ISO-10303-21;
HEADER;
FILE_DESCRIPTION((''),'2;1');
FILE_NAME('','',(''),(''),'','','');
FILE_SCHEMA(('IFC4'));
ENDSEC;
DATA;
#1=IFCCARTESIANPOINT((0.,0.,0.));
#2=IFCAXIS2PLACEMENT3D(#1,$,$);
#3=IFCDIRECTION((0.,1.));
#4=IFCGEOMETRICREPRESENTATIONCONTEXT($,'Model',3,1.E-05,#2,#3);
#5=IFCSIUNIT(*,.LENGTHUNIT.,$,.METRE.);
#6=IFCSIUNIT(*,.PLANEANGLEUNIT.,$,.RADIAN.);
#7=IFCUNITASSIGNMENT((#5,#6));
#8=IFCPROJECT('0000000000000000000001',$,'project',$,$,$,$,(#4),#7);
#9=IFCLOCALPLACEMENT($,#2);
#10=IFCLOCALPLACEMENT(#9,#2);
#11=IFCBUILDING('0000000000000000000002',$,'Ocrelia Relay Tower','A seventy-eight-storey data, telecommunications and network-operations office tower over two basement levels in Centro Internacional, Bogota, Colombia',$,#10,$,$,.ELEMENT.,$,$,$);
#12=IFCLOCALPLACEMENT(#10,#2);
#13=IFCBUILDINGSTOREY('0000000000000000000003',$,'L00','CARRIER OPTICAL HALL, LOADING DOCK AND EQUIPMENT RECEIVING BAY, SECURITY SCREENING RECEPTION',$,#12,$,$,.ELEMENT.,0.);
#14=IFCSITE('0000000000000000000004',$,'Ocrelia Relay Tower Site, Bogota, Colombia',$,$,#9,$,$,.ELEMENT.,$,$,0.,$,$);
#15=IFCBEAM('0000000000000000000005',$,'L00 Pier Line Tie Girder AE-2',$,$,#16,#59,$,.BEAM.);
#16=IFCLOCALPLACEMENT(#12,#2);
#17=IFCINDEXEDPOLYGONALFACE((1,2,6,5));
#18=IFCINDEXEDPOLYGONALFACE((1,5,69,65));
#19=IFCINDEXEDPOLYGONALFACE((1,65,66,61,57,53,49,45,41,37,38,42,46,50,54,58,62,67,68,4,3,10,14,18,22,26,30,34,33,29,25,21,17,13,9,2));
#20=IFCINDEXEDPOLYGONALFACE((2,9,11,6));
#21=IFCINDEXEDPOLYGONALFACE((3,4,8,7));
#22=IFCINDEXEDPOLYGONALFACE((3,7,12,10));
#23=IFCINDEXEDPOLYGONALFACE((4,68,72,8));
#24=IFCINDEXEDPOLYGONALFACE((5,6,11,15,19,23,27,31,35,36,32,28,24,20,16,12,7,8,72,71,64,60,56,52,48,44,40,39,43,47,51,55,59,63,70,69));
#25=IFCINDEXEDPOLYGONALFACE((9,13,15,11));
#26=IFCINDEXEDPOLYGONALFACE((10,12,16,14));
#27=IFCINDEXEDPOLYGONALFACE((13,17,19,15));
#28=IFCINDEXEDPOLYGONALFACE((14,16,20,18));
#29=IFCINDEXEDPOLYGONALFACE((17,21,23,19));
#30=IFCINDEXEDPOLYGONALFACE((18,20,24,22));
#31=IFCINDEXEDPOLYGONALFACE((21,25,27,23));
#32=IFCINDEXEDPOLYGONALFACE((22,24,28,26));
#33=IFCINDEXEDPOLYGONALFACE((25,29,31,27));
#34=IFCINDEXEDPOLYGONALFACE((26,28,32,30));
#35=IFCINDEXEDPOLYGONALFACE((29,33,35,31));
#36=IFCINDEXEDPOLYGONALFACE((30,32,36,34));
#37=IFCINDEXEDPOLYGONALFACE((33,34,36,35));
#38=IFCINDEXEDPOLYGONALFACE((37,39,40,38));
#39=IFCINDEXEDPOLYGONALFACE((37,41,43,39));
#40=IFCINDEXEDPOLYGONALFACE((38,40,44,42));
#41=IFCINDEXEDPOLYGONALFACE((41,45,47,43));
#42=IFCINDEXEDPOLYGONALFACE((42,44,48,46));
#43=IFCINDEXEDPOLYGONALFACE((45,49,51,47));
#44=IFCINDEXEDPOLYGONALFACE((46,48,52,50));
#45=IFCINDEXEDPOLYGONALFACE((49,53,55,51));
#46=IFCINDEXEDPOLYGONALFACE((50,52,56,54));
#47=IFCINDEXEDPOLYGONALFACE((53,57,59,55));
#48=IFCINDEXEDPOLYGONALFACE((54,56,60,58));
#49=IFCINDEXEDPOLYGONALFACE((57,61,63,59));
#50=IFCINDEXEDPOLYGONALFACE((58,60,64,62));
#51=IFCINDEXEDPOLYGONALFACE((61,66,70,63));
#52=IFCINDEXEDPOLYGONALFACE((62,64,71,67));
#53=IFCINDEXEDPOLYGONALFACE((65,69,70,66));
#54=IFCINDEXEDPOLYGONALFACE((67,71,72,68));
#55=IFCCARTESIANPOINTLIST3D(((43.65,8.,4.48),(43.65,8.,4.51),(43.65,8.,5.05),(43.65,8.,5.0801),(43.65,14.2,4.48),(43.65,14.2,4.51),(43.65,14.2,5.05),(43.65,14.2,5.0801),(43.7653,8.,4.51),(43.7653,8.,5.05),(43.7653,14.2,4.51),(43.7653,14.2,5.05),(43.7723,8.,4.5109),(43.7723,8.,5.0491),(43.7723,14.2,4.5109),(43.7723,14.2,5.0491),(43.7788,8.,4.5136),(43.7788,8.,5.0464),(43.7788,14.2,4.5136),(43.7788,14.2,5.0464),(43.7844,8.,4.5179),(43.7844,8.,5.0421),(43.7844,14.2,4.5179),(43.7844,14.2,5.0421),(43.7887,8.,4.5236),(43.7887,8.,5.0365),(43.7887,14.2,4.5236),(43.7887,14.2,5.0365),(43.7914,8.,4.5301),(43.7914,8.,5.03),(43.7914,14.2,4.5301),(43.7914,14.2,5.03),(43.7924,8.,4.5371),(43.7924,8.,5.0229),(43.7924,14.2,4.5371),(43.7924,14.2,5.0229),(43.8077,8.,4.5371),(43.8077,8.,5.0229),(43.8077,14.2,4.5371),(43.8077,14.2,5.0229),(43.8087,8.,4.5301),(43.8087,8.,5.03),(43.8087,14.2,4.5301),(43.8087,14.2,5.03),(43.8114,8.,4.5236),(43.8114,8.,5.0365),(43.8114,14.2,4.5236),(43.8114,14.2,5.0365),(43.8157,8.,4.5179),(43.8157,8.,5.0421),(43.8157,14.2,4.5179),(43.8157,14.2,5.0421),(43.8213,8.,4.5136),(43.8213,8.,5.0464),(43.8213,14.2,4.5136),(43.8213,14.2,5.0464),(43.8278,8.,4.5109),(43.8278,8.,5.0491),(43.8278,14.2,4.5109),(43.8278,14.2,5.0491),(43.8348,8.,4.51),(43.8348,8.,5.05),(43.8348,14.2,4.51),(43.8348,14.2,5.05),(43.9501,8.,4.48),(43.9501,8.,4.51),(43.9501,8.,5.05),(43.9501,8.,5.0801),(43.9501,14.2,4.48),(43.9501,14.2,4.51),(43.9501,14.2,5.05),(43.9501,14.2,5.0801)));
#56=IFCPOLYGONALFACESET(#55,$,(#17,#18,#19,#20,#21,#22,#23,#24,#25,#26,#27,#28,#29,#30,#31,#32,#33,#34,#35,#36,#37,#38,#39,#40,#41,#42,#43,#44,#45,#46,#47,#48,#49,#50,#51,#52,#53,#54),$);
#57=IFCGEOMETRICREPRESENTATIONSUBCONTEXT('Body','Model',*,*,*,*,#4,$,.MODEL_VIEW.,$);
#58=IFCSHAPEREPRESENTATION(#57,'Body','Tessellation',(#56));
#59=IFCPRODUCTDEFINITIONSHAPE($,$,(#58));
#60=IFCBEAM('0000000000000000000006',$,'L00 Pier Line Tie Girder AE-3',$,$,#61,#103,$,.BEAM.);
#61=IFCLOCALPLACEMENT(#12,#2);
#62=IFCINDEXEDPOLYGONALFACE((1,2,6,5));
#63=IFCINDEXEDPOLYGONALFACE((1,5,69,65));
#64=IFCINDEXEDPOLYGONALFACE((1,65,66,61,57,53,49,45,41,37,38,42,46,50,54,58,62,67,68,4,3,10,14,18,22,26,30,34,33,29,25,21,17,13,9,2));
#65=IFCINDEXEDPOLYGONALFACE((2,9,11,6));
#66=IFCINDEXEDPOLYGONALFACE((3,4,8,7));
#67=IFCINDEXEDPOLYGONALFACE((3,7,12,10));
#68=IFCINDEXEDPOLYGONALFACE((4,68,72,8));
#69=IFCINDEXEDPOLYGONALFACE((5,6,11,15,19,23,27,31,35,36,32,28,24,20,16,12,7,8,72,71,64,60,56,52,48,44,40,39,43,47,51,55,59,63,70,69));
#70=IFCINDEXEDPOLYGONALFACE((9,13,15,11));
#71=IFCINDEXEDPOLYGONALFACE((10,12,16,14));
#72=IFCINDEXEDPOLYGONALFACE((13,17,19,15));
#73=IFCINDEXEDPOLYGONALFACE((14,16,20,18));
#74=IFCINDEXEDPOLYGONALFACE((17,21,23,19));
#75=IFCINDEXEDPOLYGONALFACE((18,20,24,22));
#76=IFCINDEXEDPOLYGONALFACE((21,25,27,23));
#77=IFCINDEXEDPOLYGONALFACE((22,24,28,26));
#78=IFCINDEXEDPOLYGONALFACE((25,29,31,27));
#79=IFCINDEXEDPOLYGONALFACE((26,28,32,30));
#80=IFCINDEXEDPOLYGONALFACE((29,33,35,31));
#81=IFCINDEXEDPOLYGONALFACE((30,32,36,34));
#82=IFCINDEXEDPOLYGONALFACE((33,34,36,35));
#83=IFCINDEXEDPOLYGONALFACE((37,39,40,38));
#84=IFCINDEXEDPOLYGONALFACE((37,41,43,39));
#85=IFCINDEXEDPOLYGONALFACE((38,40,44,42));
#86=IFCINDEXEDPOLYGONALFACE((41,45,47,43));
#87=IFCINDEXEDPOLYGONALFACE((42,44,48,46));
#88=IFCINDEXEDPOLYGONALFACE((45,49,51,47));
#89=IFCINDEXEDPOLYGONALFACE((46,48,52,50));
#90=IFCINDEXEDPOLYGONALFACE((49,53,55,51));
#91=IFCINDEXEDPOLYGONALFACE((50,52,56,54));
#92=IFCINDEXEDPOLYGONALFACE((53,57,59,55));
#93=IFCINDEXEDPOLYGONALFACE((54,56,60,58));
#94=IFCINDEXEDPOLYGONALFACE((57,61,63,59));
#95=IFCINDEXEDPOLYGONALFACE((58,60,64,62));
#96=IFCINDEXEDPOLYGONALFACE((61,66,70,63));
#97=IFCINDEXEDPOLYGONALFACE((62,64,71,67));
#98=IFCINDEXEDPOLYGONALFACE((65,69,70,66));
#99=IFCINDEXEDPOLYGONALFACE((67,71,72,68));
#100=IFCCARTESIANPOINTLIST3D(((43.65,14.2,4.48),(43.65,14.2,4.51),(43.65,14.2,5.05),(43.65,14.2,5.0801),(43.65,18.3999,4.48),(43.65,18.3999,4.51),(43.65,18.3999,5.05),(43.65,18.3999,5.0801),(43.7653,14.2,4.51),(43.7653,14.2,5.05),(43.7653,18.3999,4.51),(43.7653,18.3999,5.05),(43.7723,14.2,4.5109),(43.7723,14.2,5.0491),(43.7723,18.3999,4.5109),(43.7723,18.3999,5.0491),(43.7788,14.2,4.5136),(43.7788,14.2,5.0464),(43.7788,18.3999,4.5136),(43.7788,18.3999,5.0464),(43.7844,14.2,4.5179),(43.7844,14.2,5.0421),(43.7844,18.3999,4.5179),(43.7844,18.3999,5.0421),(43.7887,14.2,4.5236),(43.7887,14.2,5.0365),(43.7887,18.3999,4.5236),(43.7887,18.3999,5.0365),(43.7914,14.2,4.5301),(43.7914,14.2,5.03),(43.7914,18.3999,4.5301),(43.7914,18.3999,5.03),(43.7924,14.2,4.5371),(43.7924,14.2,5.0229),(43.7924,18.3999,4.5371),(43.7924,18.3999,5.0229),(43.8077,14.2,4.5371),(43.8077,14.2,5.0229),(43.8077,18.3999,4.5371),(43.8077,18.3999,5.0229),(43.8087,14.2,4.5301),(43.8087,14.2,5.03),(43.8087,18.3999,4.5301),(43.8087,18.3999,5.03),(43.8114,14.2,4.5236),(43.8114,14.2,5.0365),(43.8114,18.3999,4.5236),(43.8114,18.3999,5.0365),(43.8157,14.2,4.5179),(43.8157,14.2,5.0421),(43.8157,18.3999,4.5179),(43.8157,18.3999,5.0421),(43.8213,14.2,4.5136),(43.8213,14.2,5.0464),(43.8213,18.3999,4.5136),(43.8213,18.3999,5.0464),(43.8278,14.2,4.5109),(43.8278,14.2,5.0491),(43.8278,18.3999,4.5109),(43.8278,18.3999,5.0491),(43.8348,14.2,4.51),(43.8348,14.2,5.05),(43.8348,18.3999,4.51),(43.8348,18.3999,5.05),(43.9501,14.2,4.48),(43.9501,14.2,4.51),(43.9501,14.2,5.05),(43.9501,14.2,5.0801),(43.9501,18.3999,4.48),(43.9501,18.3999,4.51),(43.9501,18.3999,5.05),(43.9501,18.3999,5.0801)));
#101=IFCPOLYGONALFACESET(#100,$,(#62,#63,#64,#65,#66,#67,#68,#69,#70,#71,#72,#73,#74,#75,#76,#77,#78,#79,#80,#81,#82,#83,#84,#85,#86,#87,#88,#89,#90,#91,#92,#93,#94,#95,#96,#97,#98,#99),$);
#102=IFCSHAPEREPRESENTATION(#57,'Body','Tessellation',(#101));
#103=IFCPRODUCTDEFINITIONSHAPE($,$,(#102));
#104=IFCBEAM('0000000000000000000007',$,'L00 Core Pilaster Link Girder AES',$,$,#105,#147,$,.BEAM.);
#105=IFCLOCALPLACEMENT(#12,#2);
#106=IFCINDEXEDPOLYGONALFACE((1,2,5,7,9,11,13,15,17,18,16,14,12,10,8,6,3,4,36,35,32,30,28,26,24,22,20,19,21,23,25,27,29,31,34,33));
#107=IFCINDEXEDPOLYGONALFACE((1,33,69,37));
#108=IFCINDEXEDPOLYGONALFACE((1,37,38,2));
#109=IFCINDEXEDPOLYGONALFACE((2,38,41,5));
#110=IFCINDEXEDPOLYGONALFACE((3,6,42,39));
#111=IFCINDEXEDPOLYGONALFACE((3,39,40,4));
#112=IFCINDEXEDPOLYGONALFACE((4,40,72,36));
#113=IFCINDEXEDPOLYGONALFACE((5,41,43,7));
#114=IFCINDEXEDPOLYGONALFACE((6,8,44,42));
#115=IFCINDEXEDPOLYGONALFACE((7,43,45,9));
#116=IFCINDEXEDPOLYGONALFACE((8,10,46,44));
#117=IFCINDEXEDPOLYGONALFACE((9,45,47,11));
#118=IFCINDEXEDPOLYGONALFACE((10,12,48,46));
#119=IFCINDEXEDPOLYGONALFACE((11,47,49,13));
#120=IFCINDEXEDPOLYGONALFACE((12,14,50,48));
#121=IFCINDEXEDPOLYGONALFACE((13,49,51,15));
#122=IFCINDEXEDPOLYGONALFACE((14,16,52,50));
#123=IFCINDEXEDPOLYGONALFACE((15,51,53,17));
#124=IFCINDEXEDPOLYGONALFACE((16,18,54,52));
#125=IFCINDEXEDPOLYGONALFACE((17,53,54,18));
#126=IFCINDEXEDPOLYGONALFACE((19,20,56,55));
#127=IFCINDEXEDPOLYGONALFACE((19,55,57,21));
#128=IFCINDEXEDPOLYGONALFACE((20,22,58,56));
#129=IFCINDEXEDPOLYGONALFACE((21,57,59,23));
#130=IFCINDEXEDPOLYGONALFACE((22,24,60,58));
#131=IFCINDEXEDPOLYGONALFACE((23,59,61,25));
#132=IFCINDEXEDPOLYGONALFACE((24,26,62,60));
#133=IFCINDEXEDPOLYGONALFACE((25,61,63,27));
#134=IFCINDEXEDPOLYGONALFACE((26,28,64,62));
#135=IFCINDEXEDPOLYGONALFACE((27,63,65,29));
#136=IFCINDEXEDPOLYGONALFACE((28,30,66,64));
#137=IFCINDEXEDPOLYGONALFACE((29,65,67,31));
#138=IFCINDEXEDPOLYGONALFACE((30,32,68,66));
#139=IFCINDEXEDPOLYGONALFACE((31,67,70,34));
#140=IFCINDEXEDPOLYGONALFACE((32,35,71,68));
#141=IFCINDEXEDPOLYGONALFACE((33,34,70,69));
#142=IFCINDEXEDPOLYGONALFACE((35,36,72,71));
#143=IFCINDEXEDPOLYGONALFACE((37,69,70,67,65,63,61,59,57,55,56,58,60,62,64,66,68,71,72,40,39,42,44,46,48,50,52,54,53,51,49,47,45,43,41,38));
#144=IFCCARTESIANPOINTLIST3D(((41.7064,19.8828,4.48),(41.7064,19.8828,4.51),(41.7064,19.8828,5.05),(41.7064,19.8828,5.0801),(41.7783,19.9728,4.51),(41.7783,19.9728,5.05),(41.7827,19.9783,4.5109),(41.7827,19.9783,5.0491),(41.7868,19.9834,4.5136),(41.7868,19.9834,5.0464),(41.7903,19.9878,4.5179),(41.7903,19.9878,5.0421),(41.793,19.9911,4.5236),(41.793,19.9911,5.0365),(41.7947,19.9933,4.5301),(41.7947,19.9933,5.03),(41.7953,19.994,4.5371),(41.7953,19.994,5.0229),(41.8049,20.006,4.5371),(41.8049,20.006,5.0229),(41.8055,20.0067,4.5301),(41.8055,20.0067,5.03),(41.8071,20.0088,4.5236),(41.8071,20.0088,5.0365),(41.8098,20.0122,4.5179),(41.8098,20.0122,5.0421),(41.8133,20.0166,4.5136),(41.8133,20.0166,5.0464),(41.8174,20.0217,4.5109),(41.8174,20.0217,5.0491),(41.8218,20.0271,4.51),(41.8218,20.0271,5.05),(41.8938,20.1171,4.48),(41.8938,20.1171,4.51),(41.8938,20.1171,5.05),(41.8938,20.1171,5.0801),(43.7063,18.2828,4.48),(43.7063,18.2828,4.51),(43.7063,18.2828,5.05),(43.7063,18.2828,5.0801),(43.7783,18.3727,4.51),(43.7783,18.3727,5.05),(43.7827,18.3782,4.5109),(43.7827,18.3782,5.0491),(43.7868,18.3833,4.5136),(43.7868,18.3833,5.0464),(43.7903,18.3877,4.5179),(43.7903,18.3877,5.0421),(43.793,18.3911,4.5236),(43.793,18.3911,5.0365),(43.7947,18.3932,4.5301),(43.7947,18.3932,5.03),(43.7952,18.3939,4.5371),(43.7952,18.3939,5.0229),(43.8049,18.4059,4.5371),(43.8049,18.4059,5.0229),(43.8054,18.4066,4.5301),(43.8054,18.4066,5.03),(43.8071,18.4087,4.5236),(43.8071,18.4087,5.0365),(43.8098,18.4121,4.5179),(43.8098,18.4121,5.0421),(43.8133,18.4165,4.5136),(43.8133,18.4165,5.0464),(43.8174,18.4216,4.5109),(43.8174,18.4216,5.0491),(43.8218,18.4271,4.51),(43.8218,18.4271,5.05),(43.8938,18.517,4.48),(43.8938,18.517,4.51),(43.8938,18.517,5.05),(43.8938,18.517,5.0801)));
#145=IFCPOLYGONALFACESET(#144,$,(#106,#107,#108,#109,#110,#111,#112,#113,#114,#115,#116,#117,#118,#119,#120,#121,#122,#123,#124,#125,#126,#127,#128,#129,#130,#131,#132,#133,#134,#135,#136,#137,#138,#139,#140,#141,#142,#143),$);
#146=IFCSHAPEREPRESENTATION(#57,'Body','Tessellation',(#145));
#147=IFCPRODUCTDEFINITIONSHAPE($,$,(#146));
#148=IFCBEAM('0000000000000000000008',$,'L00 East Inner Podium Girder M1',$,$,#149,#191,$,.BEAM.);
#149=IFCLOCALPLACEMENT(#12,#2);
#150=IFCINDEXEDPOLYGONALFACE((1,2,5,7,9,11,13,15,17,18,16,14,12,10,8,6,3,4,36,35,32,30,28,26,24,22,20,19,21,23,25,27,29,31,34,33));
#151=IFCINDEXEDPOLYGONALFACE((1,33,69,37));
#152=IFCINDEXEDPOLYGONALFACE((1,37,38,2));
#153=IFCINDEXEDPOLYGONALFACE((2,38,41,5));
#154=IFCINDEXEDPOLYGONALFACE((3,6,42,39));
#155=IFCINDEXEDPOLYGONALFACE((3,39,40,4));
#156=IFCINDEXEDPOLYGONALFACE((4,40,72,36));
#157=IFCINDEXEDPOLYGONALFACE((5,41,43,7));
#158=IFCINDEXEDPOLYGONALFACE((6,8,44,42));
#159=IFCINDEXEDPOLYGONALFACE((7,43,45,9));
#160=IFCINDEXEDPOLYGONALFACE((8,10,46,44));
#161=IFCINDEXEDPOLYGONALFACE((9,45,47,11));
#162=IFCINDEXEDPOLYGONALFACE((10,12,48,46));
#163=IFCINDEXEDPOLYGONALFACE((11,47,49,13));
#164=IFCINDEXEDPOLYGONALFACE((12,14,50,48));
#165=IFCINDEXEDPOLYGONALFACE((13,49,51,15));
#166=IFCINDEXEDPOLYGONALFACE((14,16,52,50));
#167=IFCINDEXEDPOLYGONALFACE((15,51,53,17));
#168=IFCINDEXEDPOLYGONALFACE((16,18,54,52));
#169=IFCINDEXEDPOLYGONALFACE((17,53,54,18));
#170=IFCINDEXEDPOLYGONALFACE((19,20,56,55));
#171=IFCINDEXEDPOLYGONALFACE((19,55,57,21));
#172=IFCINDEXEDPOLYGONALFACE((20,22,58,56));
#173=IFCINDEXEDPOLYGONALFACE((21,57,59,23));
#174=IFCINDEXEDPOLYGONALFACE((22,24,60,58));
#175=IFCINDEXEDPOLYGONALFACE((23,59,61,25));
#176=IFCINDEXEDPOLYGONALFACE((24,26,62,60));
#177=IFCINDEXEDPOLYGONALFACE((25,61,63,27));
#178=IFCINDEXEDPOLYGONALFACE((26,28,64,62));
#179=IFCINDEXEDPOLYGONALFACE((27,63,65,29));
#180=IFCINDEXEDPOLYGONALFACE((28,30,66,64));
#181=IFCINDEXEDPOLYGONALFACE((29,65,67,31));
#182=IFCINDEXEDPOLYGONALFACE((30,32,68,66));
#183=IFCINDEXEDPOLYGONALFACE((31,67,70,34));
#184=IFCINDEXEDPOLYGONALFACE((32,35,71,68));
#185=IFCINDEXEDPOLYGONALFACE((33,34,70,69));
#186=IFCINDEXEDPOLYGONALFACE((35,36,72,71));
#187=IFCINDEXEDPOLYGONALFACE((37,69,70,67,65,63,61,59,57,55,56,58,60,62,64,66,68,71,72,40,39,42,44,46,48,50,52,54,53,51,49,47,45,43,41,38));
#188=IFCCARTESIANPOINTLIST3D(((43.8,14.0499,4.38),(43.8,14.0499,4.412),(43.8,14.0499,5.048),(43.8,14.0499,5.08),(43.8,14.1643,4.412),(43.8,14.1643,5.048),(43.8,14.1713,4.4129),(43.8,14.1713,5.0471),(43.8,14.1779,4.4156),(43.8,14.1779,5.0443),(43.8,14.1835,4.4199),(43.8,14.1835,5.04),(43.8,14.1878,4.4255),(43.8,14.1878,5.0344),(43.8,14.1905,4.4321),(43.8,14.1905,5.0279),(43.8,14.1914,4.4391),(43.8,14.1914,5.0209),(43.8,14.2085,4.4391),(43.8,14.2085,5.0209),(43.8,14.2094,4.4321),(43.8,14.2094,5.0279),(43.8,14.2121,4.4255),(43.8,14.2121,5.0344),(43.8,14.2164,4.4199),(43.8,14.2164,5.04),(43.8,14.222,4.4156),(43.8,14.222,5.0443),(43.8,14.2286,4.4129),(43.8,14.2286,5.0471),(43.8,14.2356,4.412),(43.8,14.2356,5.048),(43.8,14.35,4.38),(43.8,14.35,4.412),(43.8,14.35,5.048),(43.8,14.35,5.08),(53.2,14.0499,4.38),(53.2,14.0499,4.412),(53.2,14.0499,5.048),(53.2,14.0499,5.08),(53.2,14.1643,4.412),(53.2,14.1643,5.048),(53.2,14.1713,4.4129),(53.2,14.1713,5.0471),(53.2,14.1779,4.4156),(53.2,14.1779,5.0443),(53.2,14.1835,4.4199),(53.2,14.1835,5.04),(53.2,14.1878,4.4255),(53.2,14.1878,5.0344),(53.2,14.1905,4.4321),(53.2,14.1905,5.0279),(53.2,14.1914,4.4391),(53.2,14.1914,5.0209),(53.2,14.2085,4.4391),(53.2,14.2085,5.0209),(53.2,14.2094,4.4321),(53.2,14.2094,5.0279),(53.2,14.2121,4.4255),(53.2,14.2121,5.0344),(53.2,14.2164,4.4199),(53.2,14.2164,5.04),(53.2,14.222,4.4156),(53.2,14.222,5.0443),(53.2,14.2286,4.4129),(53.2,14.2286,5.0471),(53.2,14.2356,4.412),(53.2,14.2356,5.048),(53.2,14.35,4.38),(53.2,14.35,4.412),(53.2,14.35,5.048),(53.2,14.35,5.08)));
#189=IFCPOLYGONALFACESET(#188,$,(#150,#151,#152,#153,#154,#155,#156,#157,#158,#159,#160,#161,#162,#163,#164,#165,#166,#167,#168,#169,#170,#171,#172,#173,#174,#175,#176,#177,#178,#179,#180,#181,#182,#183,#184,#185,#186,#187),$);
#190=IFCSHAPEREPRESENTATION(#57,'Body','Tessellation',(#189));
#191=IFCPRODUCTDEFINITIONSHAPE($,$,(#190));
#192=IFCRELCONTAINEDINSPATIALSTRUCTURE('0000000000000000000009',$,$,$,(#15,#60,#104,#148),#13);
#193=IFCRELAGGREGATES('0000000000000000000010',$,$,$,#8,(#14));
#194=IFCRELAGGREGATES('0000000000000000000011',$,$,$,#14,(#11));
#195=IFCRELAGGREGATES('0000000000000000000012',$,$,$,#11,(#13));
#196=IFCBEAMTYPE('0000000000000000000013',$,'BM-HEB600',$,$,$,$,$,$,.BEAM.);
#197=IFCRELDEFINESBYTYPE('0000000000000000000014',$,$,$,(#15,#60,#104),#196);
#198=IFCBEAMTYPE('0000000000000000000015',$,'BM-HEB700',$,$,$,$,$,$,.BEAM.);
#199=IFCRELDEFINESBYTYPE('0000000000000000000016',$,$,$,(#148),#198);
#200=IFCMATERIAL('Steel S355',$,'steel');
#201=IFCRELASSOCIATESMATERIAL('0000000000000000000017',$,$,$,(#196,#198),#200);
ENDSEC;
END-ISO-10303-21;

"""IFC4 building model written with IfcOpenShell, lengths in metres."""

from ifc_helpers import new_model, si_unit, direction, frame, origin, origin_2d, place, context, subcontext, project, spatial, i_section, extrude, material, material_profile, profile_set, type_object, element, save


model = new_model("IFC4")

# Units and contexts
model_context = context("Model", 3, precision=1e-05, world=origin(), true_north=direction((0.0, 1.0)))
body_context = subcontext(model_context, "Body", "Model", "MODEL_VIEW")
ifc_project = project(units=[si_unit("LENGTHUNIT", "METRE"), si_unit("PLANEANGLEUNIT", "RADIAN")], contexts=[model_context])

# Site, building, storey
site_placement = place(None, origin())
site = spatial("IfcSite", under=ifc_project, at=site_placement, Name="Ocrelia Relay Tower Site, Bogota, Colombia", CompositionType="ELEMENT", RefElevation=0.0)
building_placement = place(site_placement, origin())
building = spatial("IfcBuilding", under=site, at=building_placement, Name="Ocrelia Relay Tower", Description="A seventy-eight-storey data, telecommunications and network-operations office tower over two basement levels in Centro Internacional, Bogota, Colombia", CompositionType="ELEMENT")
storey_placement = place(building_placement, origin())
storey = spatial("IfcBuildingStorey", under=building, at=storey_placement, Name="L00", Description="CARRIER OPTICAL HALL, LOADING DOCK AND EQUIPMENT RECEIVING BAY, SECURITY SCREENING RECEPTION", CompositionType="ELEMENT", Elevation=0.0)

# Beams
ifc_material_1 = material(Name="Steel S355", Category="steel")
ifc_material_profile_1 = material_profile(ifc_material_1, i_section(OverallWidth=0.3, OverallDepth=0.6001, WebThickness=0.0154, FlangeThickness=0.03, FilletRadius=0.0271, at=origin_2d()), Name="HEB 600")
ifc_profile_set_1 = profile_set([ifc_material_profile_1], Name="Steel S355")
beam_type_1 = type_object("IfcBeamType", Name="BM-HEB600", PredefinedType="BEAM", material=ifc_profile_set_1)
beam_1_placement = place(storey_placement, frame((43.8, 8.0, 4.78), z_axis=(0.0, 1.0, 0.0), x_axis=(-1.0, 0.0, 0.0)))
element("IfcBeam", 1, at=beam_1_placement, inside=storey, type_object=beam_type_1, Name="L00 Pier Line Tie Girder AE-2", PredefinedType="BEAM", context=body_context, shape_type="SweptSolid", body=[
    extrude(i_section(OverallWidth=0.3, OverallDepth=0.6001, WebThickness=0.0154, FlangeThickness=0.03, FilletRadius=0.0271, at=origin_2d()), origin(), (0.0, 0.0, 1.0), 6.2),
])
beam_2_placement = place(storey_placement, frame((43.8, 14.2, 4.78), z_axis=(0.0, 1.0, 0.0), x_axis=(-1.0, 0.0, 0.0)))
element("IfcBeam", 2, at=beam_2_placement, inside=storey, type_object=beam_type_1, Name="L00 Pier Line Tie Girder AE-3", PredefinedType="BEAM", context=body_context, shape_type="SweptSolid", body=[
    extrude(i_section(OverallWidth=0.3, OverallDepth=0.6001, WebThickness=0.0154, FlangeThickness=0.03, FilletRadius=0.0271, at=origin_2d()), origin(), (0.0, 0.0, 1.0), 4.2),
])
beam_3_placement = place(storey_placement, frame((43.8, 18.3999, 4.78), z_axis=(-0.78085, 0.624718, 0.0), x_axis=(-0.624718, -0.78085, 0.0)))
element("IfcBeam", 3, at=beam_3_placement, inside=storey, type_object=beam_type_1, Name="L00 Core Pilaster Link Girder AES", PredefinedType="BEAM", context=body_context, shape_type="SweptSolid", body=[
    extrude(i_section(OverallWidth=0.3, OverallDepth=0.6001, WebThickness=0.0154, FlangeThickness=0.03, FilletRadius=0.0271, at=origin_2d()), origin(), (0.0, 0.0, 1.0), 2.5613),
])
ifc_material_profile_2 = material_profile(ifc_material_1, i_section(OverallWidth=0.3, OverallDepth=0.7, WebThickness=0.0171, FlangeThickness=0.032, FilletRadius=0.0271, at=origin_2d()), Name="HEB 700")
ifc_profile_set_2 = profile_set([ifc_material_profile_2], Name="Steel S355")
beam_type_2 = type_object("IfcBeamType", Name="BM-HEB700", PredefinedType="BEAM", material=ifc_profile_set_2)
beam_4_placement = place(storey_placement, frame((43.8, 14.2, 4.73), z_axis=(1.0, 0.0, 0.0), x_axis=(0.0, 1.0, 0.0)))
element("IfcBeam", 4, at=beam_4_placement, inside=storey, type_object=beam_type_2, Name="L00 East Inner Podium Girder M1", PredefinedType="BEAM", context=body_context, shape_type="SweptSolid", body=[
    extrude(i_section(OverallWidth=0.3, OverallDepth=0.7, WebThickness=0.0171, FlangeThickness=0.032, FilletRadius=0.0271, at=origin_2d()), origin(), (0.0, 0.0, 1.0), 9.3999),
])

save(model, "model.ifc")
